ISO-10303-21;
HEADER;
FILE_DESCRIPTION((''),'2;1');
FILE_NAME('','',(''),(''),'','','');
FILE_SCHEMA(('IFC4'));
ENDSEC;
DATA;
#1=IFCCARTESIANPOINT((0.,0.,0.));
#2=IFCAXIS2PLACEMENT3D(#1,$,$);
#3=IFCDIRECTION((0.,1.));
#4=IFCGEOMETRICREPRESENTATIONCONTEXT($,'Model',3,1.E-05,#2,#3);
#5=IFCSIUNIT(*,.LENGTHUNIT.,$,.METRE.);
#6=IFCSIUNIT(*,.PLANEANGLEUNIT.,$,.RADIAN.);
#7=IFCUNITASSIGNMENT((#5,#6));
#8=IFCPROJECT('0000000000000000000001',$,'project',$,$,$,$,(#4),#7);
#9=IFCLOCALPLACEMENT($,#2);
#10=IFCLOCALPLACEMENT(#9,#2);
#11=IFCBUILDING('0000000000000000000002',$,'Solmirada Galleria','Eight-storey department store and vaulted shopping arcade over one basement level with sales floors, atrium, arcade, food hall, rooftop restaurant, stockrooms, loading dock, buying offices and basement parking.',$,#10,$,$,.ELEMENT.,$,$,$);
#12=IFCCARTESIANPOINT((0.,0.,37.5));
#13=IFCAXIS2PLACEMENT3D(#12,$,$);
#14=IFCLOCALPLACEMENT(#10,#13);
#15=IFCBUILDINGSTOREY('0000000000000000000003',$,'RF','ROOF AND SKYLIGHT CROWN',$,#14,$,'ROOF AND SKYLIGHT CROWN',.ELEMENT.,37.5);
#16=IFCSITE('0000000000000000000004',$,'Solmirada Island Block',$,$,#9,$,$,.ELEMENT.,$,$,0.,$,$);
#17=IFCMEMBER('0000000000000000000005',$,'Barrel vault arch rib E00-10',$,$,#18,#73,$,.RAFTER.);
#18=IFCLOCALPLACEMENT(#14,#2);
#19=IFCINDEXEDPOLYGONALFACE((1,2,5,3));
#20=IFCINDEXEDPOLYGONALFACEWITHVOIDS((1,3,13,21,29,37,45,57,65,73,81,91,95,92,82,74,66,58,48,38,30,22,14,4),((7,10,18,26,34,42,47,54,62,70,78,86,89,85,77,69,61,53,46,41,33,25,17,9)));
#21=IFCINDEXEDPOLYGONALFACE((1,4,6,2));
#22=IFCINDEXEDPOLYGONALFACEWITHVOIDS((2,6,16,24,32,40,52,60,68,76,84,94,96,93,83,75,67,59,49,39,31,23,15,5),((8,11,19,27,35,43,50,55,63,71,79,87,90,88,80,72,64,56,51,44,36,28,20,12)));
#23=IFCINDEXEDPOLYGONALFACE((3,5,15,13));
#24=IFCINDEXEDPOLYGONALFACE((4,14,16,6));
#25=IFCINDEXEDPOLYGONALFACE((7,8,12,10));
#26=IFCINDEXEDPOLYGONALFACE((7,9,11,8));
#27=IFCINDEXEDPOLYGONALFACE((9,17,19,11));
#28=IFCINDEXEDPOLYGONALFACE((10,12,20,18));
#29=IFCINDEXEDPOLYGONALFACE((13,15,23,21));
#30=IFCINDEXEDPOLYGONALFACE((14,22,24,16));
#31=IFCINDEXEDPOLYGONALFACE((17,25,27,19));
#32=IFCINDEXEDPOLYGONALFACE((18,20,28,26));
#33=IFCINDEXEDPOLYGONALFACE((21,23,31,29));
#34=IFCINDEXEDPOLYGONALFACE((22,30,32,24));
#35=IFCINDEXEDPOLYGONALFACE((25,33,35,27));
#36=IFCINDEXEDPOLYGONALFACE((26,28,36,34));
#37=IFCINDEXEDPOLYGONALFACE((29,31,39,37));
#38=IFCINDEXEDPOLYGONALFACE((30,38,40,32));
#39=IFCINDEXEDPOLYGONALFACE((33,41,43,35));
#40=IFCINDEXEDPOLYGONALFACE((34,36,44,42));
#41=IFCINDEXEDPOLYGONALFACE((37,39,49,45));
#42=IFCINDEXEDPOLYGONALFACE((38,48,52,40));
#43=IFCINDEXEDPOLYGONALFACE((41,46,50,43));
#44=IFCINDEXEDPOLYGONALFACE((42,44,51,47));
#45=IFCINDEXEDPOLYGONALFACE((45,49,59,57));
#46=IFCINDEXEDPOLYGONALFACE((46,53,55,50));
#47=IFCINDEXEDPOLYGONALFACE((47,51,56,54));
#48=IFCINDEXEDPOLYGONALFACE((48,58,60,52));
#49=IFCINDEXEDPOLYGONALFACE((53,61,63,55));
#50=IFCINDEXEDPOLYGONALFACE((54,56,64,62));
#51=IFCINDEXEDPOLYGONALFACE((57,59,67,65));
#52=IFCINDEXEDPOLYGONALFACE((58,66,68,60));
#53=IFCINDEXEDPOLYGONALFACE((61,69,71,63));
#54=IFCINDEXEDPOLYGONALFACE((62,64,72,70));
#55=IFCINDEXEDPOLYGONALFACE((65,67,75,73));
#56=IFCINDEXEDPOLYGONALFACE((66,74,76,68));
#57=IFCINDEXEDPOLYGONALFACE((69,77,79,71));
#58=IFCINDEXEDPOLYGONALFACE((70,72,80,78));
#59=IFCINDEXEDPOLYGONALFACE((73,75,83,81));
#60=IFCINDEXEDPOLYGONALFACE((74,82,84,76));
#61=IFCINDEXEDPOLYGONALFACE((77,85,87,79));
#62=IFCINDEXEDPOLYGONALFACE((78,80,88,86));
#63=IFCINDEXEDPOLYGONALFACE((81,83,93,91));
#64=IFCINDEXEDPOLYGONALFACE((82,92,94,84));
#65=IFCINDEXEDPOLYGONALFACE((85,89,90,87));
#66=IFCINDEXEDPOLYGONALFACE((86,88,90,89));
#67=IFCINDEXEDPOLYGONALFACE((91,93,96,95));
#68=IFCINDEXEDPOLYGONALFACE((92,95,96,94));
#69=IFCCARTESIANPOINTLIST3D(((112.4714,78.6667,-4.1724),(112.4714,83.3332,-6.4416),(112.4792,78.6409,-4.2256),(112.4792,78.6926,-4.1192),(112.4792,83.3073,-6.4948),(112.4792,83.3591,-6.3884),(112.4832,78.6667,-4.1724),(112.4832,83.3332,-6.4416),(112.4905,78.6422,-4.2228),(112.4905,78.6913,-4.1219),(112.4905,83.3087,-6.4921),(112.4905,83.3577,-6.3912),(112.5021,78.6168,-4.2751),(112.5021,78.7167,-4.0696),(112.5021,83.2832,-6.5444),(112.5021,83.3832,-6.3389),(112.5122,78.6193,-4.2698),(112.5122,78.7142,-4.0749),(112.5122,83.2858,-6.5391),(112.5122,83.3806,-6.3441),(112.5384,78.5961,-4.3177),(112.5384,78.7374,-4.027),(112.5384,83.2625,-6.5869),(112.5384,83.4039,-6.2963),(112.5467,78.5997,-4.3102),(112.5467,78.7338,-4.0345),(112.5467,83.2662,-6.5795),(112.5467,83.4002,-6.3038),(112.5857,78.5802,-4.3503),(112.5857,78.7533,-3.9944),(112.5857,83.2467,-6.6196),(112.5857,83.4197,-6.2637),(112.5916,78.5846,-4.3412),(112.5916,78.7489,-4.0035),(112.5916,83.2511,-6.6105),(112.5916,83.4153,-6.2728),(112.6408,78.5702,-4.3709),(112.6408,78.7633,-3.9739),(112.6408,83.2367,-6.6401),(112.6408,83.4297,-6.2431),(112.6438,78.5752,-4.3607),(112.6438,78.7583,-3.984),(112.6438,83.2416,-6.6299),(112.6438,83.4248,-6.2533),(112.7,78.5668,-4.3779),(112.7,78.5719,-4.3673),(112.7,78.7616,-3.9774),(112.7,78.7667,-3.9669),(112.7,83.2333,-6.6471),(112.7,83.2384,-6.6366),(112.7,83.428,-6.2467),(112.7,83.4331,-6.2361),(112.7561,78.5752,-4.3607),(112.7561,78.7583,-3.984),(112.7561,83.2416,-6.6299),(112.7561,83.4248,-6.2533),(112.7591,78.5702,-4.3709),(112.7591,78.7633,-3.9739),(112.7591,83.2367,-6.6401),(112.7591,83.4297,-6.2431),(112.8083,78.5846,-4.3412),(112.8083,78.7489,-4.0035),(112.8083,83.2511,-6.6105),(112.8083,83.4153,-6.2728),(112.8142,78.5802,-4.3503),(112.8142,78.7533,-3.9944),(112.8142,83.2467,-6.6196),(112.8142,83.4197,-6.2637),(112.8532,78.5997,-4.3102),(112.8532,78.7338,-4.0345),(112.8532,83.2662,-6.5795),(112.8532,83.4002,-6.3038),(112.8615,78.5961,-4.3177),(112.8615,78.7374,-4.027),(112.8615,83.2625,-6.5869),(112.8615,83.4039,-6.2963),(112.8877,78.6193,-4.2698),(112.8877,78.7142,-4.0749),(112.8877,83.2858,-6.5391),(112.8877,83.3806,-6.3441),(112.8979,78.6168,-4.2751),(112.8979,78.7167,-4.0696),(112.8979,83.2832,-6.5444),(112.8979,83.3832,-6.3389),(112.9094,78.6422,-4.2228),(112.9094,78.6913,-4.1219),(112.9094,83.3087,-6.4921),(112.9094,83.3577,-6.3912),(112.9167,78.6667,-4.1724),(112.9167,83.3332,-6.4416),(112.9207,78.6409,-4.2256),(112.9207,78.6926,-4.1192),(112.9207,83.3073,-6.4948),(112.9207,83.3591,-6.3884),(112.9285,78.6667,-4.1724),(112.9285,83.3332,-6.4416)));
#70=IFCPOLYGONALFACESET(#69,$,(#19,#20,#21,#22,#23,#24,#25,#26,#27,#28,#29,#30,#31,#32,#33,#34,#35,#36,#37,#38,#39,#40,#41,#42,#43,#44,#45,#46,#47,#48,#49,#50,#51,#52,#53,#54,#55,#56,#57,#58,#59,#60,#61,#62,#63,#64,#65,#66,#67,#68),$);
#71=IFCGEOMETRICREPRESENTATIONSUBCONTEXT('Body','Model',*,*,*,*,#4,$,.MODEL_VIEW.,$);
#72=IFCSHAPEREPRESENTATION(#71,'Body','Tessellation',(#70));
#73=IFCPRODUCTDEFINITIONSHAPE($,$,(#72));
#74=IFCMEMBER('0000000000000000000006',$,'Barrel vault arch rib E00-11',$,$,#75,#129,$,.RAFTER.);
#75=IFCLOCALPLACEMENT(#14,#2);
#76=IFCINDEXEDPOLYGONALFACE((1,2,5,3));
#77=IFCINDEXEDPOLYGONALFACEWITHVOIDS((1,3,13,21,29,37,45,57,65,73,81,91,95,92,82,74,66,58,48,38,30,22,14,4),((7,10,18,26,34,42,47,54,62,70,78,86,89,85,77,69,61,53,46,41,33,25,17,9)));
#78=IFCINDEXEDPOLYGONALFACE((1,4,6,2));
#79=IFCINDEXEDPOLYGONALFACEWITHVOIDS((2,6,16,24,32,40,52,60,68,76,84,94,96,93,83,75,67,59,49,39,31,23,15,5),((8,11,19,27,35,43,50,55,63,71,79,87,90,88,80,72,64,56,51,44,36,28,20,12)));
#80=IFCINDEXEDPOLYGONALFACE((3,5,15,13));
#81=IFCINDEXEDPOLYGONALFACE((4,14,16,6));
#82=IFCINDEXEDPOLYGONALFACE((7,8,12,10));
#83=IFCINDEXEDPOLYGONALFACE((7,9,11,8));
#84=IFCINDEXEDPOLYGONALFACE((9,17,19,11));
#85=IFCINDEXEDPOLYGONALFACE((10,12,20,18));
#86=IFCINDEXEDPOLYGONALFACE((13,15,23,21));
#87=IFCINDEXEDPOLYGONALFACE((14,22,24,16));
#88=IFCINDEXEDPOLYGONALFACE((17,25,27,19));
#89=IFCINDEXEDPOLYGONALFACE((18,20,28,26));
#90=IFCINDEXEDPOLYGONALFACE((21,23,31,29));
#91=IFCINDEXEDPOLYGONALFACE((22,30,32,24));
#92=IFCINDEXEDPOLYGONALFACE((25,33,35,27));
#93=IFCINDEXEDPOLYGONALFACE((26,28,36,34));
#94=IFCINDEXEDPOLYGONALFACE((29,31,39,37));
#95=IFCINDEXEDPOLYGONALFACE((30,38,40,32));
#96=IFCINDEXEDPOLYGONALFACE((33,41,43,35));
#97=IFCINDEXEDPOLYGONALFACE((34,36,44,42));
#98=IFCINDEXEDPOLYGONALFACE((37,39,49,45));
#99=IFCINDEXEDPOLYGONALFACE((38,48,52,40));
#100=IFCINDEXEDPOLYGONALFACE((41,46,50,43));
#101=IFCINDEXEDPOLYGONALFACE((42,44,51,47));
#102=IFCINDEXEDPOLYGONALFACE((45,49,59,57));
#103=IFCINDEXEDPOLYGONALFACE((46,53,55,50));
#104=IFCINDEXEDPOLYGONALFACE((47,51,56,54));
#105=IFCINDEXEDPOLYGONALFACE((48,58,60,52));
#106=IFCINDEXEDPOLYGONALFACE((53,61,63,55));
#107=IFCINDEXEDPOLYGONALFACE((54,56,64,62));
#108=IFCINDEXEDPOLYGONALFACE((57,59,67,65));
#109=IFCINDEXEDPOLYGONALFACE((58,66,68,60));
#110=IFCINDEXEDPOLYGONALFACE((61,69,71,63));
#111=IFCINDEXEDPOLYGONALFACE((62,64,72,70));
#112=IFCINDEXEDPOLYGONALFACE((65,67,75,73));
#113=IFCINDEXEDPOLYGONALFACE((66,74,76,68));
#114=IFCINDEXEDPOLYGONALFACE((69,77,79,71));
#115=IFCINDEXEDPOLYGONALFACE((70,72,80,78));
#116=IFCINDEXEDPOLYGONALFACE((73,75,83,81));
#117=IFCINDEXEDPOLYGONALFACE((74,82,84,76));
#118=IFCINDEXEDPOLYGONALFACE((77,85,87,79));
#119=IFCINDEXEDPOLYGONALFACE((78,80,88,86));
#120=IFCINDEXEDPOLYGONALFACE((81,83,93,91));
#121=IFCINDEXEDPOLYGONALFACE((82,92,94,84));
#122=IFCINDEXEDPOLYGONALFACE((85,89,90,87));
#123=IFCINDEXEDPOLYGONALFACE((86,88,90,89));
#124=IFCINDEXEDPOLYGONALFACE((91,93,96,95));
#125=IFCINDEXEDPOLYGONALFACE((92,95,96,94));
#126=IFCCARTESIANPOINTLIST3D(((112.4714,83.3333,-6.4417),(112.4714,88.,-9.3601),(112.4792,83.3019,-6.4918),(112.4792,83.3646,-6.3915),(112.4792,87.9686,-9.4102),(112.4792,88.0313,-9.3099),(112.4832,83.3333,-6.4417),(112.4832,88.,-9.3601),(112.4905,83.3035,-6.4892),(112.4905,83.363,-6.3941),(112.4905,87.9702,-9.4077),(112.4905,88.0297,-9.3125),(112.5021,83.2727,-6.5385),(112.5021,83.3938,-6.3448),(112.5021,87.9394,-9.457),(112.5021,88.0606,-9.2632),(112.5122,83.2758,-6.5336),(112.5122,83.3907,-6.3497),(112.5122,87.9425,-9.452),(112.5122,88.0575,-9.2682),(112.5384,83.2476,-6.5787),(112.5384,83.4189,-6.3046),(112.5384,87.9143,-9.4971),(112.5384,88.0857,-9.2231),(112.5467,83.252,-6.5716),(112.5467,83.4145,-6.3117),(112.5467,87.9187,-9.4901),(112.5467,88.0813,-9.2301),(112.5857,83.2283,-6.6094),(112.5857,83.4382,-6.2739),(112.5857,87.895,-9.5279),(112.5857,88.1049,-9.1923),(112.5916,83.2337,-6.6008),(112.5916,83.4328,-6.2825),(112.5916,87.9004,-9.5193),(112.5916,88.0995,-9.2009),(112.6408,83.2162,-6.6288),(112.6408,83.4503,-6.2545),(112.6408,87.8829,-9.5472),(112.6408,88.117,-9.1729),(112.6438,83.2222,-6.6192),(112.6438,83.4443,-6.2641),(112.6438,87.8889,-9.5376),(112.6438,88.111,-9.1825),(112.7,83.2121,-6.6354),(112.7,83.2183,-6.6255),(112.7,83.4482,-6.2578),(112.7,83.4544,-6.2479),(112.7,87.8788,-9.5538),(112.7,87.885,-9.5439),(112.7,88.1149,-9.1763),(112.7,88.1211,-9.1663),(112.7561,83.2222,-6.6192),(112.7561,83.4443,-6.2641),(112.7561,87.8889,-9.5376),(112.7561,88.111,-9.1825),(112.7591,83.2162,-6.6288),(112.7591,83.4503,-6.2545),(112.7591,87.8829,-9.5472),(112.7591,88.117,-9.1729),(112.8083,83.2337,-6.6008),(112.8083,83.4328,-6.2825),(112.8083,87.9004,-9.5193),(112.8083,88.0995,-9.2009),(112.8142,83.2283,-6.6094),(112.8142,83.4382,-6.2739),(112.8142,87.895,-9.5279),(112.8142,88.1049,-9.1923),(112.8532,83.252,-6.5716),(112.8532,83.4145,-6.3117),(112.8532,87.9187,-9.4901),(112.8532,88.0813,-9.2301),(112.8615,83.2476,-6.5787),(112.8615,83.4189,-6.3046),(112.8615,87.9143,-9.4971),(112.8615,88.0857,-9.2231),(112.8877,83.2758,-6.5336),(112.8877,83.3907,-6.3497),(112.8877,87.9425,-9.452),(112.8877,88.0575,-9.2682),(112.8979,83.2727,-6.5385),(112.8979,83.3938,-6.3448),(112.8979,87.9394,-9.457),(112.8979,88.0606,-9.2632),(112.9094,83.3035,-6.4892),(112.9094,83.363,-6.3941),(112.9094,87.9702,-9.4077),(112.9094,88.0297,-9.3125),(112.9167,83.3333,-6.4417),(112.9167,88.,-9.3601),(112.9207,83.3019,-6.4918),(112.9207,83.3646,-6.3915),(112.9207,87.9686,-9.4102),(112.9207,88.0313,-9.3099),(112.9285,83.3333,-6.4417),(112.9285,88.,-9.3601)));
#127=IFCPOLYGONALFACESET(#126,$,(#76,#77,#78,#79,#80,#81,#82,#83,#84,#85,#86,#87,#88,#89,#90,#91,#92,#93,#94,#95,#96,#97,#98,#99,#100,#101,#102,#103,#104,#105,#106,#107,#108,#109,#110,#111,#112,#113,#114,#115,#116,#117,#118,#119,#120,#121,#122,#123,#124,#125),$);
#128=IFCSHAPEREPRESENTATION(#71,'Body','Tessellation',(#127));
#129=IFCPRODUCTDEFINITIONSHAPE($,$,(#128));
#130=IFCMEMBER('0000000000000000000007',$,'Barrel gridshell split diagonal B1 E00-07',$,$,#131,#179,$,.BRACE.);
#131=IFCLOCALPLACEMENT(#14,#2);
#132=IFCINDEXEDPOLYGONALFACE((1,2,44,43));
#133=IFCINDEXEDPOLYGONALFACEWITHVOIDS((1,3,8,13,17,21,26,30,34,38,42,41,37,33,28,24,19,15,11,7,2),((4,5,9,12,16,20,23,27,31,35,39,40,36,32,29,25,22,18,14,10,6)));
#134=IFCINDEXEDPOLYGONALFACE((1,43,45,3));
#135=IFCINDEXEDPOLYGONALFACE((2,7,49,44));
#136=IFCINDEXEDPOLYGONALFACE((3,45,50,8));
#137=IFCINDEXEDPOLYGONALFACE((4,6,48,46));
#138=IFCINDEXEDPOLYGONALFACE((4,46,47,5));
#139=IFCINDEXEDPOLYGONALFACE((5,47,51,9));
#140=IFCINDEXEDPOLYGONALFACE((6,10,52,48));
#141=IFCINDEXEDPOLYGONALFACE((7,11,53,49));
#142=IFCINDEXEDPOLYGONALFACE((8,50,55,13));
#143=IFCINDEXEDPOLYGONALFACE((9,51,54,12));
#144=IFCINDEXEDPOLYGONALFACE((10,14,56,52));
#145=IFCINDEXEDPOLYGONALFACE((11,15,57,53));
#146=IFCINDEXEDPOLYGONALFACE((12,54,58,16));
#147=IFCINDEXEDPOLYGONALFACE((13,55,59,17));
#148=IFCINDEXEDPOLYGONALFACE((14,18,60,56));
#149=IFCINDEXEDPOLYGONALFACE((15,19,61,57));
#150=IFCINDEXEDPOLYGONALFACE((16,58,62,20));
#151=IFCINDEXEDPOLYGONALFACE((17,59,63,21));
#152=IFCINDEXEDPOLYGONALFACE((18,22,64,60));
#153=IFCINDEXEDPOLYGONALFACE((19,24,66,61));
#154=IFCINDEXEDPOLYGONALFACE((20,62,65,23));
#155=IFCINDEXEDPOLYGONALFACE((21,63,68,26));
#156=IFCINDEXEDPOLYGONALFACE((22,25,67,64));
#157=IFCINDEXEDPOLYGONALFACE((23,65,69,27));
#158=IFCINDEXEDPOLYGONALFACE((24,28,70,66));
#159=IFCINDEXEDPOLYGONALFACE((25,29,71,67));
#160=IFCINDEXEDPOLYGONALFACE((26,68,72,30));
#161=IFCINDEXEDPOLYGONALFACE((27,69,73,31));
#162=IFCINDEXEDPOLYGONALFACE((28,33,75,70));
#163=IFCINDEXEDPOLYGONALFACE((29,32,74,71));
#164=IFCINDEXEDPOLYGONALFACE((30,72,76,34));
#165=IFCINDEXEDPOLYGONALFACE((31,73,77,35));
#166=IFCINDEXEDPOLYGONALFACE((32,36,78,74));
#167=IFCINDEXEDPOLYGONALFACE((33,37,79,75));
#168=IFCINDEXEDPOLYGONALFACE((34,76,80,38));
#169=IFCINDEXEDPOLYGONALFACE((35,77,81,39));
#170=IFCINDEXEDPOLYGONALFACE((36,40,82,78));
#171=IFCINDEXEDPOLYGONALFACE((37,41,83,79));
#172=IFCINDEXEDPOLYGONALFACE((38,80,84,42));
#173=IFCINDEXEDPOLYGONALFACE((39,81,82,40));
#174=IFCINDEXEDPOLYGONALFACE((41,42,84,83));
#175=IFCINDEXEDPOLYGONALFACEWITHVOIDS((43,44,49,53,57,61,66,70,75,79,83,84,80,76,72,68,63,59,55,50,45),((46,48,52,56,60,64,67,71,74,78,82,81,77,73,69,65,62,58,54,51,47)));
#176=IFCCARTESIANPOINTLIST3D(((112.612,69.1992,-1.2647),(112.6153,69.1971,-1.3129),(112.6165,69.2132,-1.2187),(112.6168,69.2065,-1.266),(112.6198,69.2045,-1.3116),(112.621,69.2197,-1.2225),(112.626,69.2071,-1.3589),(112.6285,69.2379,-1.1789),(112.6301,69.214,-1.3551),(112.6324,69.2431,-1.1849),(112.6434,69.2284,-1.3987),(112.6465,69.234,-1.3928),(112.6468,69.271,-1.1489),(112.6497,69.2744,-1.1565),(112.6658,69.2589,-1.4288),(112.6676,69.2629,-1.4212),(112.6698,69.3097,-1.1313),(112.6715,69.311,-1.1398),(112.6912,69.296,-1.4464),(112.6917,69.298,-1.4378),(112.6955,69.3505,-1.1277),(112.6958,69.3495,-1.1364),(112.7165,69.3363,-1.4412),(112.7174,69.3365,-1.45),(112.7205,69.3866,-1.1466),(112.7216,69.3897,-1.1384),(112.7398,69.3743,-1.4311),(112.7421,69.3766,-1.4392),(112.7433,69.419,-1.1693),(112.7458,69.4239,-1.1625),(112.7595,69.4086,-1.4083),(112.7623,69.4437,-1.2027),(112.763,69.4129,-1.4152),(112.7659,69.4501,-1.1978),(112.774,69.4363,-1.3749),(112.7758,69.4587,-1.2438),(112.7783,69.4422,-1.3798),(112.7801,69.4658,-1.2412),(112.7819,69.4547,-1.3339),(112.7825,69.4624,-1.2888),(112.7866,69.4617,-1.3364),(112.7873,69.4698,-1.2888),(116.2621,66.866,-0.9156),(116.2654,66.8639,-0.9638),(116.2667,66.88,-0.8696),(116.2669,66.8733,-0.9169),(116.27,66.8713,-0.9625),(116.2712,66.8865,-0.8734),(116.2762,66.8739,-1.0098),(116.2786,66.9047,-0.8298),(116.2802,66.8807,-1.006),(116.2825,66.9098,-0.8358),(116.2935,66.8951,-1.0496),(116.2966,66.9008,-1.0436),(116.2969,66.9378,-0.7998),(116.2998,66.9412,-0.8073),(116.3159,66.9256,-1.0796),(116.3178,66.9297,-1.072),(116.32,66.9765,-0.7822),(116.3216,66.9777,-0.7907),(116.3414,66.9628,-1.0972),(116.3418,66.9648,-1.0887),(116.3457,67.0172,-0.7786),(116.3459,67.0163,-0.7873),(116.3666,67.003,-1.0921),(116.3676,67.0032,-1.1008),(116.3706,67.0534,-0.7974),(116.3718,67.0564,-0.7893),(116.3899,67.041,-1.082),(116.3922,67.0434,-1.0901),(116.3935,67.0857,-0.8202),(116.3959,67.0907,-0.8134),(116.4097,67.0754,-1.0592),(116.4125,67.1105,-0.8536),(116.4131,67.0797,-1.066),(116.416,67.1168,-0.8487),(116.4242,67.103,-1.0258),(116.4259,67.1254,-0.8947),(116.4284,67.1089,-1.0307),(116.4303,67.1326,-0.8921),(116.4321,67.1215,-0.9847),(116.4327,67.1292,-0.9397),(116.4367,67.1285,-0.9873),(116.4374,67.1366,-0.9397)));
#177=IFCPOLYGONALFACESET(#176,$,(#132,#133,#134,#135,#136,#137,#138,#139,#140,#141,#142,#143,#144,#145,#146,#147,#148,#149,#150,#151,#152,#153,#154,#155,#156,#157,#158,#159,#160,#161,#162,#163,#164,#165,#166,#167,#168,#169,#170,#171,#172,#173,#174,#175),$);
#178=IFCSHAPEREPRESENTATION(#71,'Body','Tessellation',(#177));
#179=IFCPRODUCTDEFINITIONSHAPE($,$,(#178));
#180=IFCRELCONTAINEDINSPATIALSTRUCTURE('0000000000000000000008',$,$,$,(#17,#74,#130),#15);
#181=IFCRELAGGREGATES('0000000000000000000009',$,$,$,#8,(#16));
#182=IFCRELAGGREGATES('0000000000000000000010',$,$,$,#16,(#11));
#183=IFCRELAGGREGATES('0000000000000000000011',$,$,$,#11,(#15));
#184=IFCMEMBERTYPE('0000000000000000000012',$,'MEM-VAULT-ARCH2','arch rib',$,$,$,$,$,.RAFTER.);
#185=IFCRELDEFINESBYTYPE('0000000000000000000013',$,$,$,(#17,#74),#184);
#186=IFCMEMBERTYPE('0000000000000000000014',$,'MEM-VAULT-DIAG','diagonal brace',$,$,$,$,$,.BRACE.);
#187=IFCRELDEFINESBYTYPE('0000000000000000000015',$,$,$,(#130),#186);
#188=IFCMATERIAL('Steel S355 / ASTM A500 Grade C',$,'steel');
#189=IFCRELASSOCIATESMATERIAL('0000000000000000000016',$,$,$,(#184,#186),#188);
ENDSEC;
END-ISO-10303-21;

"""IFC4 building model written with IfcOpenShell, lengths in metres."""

from ifc_helpers import new_model, si_unit, direction, frame, origin, origin_2d, place, context, subcontext, project, spatial, hollow_circle, extrude, material, material_profile, profile_set, type_object, element, save


model = new_model("IFC4")

# Units and contexts
model_context = context("Model", 3, precision=1e-05, world=origin(), true_north=direction((0.0, 1.0)))
body_context = subcontext(model_context, "Body", "Model", "MODEL_VIEW")
ifc_project = project(units=[si_unit("LENGTHUNIT", "METRE"), si_unit("PLANEANGLEUNIT", "RADIAN")], contexts=[model_context])

# Site, building, storey
site_placement = place(None, origin())
site = spatial("IfcSite", under=ifc_project, at=site_placement, Name="Solmirada Island Block", CompositionType="ELEMENT", RefElevation=0.0)
building_placement = place(site_placement, origin())
building = spatial("IfcBuilding", under=site, at=building_placement, Name="Solmirada Galleria", Description="Eight-storey department store and vaulted shopping arcade over one basement level with sales floors, atrium, arcade, food hall, rooftop restaurant, stockrooms, loading dock, buying offices and basement parking.", CompositionType="ELEMENT")
storey_placement = place(building_placement, frame((0.0, 0.0, 37.5)))
storey = spatial("IfcBuildingStorey", under=building, at=storey_placement, Name="RF", Description="ROOF AND SKYLIGHT CROWN", LongName="ROOF AND SKYLIGHT CROWN", CompositionType="ELEMENT", Elevation=37.5)

# Members
ifc_material_1 = material(Name="Steel S355 / ASTM A500 Grade C", Category="steel")
ifc_material_profile_1 = material_profile(ifc_material_1, hollow_circle(Radius=0.2285, WallThickness=0.0117, at=origin_2d()), Name="HSS18.000X0.500")
ifc_profile_set_1 = profile_set([ifc_material_profile_1], Name="Steel S355 / ASTM A500 Grade C")
member_type_1 = type_object("IfcMemberType", Name="MEM-VAULT-ARCH2", Description="arch rib", PredefinedType="RAFTER", material=ifc_profile_set_1)
member_1_placement = place(storey_placement, frame((112.7, 78.6667, -4.1724), z_axis=(0.0, 0.899304, -0.437325), x_axis=(-1.0, 0.0, 0.0)))
element("IfcMember", 1, at=member_1_placement, inside=storey, type_object=member_type_1, Name="Barrel vault arch rib E00-10", PredefinedType="RAFTER", context=body_context, shape_type="SweptSolid", body=[
    extrude(hollow_circle(Radius=0.2285, WallThickness=0.0117, at=origin_2d()), origin(), (0.0, 0.0, 1.0), 5.189),
])
member_2_placement = place(storey_placement, frame((112.7, 83.3333, -6.4417), z_axis=(0.0, 0.847856, -0.530226), x_axis=(-1.0, 0.0, 0.0)))
element("IfcMember", 2, at=member_2_placement, inside=storey, type_object=member_type_1, Name="Barrel vault arch rib E00-11", PredefinedType="RAFTER", context=body_context, shape_type="SweptSolid", body=[
    extrude(hollow_circle(Radius=0.2285, WallThickness=0.0117, at=origin_2d()), origin(), (0.0, 0.0, 1.0), 5.5042),
])
ifc_material_profile_2 = material_profile(ifc_material_1, hollow_circle(Radius=0.1621, WallThickness=0.0088, at=origin_2d()), Name="HSS12.750X0.375")
ifc_profile_set_2 = profile_set([ifc_material_profile_2], Name="Steel S355 / ASTM A500 Grade C")
member_type_2 = type_object("IfcMemberType", Name="MEM-VAULT-DIAG", Description="diagonal brace", PredefinedType="BRACE", material=ifc_profile_set_2)
member_3_placement = place(storey_placement, frame((112.7, 69.3333, -1.2888), z_axis=(0.839846, -0.536848, 0.080328), x_axis=(0.538588, 0.842569, 0.0)))
element("IfcMember", 3, at=member_3_placement, inside=storey, type_object=member_type_2, Name="Barrel gridshell split diagonal B1 E00-07", PredefinedType="BRACE", context=body_context, shape_type="SweptSolid", body=[
    extrude(hollow_circle(Radius=0.1621, WallThickness=0.0088, at=origin_2d()), origin(), (0.0, 0.0, 1.0), 4.3462),
])

save(model, "model.ifc")
